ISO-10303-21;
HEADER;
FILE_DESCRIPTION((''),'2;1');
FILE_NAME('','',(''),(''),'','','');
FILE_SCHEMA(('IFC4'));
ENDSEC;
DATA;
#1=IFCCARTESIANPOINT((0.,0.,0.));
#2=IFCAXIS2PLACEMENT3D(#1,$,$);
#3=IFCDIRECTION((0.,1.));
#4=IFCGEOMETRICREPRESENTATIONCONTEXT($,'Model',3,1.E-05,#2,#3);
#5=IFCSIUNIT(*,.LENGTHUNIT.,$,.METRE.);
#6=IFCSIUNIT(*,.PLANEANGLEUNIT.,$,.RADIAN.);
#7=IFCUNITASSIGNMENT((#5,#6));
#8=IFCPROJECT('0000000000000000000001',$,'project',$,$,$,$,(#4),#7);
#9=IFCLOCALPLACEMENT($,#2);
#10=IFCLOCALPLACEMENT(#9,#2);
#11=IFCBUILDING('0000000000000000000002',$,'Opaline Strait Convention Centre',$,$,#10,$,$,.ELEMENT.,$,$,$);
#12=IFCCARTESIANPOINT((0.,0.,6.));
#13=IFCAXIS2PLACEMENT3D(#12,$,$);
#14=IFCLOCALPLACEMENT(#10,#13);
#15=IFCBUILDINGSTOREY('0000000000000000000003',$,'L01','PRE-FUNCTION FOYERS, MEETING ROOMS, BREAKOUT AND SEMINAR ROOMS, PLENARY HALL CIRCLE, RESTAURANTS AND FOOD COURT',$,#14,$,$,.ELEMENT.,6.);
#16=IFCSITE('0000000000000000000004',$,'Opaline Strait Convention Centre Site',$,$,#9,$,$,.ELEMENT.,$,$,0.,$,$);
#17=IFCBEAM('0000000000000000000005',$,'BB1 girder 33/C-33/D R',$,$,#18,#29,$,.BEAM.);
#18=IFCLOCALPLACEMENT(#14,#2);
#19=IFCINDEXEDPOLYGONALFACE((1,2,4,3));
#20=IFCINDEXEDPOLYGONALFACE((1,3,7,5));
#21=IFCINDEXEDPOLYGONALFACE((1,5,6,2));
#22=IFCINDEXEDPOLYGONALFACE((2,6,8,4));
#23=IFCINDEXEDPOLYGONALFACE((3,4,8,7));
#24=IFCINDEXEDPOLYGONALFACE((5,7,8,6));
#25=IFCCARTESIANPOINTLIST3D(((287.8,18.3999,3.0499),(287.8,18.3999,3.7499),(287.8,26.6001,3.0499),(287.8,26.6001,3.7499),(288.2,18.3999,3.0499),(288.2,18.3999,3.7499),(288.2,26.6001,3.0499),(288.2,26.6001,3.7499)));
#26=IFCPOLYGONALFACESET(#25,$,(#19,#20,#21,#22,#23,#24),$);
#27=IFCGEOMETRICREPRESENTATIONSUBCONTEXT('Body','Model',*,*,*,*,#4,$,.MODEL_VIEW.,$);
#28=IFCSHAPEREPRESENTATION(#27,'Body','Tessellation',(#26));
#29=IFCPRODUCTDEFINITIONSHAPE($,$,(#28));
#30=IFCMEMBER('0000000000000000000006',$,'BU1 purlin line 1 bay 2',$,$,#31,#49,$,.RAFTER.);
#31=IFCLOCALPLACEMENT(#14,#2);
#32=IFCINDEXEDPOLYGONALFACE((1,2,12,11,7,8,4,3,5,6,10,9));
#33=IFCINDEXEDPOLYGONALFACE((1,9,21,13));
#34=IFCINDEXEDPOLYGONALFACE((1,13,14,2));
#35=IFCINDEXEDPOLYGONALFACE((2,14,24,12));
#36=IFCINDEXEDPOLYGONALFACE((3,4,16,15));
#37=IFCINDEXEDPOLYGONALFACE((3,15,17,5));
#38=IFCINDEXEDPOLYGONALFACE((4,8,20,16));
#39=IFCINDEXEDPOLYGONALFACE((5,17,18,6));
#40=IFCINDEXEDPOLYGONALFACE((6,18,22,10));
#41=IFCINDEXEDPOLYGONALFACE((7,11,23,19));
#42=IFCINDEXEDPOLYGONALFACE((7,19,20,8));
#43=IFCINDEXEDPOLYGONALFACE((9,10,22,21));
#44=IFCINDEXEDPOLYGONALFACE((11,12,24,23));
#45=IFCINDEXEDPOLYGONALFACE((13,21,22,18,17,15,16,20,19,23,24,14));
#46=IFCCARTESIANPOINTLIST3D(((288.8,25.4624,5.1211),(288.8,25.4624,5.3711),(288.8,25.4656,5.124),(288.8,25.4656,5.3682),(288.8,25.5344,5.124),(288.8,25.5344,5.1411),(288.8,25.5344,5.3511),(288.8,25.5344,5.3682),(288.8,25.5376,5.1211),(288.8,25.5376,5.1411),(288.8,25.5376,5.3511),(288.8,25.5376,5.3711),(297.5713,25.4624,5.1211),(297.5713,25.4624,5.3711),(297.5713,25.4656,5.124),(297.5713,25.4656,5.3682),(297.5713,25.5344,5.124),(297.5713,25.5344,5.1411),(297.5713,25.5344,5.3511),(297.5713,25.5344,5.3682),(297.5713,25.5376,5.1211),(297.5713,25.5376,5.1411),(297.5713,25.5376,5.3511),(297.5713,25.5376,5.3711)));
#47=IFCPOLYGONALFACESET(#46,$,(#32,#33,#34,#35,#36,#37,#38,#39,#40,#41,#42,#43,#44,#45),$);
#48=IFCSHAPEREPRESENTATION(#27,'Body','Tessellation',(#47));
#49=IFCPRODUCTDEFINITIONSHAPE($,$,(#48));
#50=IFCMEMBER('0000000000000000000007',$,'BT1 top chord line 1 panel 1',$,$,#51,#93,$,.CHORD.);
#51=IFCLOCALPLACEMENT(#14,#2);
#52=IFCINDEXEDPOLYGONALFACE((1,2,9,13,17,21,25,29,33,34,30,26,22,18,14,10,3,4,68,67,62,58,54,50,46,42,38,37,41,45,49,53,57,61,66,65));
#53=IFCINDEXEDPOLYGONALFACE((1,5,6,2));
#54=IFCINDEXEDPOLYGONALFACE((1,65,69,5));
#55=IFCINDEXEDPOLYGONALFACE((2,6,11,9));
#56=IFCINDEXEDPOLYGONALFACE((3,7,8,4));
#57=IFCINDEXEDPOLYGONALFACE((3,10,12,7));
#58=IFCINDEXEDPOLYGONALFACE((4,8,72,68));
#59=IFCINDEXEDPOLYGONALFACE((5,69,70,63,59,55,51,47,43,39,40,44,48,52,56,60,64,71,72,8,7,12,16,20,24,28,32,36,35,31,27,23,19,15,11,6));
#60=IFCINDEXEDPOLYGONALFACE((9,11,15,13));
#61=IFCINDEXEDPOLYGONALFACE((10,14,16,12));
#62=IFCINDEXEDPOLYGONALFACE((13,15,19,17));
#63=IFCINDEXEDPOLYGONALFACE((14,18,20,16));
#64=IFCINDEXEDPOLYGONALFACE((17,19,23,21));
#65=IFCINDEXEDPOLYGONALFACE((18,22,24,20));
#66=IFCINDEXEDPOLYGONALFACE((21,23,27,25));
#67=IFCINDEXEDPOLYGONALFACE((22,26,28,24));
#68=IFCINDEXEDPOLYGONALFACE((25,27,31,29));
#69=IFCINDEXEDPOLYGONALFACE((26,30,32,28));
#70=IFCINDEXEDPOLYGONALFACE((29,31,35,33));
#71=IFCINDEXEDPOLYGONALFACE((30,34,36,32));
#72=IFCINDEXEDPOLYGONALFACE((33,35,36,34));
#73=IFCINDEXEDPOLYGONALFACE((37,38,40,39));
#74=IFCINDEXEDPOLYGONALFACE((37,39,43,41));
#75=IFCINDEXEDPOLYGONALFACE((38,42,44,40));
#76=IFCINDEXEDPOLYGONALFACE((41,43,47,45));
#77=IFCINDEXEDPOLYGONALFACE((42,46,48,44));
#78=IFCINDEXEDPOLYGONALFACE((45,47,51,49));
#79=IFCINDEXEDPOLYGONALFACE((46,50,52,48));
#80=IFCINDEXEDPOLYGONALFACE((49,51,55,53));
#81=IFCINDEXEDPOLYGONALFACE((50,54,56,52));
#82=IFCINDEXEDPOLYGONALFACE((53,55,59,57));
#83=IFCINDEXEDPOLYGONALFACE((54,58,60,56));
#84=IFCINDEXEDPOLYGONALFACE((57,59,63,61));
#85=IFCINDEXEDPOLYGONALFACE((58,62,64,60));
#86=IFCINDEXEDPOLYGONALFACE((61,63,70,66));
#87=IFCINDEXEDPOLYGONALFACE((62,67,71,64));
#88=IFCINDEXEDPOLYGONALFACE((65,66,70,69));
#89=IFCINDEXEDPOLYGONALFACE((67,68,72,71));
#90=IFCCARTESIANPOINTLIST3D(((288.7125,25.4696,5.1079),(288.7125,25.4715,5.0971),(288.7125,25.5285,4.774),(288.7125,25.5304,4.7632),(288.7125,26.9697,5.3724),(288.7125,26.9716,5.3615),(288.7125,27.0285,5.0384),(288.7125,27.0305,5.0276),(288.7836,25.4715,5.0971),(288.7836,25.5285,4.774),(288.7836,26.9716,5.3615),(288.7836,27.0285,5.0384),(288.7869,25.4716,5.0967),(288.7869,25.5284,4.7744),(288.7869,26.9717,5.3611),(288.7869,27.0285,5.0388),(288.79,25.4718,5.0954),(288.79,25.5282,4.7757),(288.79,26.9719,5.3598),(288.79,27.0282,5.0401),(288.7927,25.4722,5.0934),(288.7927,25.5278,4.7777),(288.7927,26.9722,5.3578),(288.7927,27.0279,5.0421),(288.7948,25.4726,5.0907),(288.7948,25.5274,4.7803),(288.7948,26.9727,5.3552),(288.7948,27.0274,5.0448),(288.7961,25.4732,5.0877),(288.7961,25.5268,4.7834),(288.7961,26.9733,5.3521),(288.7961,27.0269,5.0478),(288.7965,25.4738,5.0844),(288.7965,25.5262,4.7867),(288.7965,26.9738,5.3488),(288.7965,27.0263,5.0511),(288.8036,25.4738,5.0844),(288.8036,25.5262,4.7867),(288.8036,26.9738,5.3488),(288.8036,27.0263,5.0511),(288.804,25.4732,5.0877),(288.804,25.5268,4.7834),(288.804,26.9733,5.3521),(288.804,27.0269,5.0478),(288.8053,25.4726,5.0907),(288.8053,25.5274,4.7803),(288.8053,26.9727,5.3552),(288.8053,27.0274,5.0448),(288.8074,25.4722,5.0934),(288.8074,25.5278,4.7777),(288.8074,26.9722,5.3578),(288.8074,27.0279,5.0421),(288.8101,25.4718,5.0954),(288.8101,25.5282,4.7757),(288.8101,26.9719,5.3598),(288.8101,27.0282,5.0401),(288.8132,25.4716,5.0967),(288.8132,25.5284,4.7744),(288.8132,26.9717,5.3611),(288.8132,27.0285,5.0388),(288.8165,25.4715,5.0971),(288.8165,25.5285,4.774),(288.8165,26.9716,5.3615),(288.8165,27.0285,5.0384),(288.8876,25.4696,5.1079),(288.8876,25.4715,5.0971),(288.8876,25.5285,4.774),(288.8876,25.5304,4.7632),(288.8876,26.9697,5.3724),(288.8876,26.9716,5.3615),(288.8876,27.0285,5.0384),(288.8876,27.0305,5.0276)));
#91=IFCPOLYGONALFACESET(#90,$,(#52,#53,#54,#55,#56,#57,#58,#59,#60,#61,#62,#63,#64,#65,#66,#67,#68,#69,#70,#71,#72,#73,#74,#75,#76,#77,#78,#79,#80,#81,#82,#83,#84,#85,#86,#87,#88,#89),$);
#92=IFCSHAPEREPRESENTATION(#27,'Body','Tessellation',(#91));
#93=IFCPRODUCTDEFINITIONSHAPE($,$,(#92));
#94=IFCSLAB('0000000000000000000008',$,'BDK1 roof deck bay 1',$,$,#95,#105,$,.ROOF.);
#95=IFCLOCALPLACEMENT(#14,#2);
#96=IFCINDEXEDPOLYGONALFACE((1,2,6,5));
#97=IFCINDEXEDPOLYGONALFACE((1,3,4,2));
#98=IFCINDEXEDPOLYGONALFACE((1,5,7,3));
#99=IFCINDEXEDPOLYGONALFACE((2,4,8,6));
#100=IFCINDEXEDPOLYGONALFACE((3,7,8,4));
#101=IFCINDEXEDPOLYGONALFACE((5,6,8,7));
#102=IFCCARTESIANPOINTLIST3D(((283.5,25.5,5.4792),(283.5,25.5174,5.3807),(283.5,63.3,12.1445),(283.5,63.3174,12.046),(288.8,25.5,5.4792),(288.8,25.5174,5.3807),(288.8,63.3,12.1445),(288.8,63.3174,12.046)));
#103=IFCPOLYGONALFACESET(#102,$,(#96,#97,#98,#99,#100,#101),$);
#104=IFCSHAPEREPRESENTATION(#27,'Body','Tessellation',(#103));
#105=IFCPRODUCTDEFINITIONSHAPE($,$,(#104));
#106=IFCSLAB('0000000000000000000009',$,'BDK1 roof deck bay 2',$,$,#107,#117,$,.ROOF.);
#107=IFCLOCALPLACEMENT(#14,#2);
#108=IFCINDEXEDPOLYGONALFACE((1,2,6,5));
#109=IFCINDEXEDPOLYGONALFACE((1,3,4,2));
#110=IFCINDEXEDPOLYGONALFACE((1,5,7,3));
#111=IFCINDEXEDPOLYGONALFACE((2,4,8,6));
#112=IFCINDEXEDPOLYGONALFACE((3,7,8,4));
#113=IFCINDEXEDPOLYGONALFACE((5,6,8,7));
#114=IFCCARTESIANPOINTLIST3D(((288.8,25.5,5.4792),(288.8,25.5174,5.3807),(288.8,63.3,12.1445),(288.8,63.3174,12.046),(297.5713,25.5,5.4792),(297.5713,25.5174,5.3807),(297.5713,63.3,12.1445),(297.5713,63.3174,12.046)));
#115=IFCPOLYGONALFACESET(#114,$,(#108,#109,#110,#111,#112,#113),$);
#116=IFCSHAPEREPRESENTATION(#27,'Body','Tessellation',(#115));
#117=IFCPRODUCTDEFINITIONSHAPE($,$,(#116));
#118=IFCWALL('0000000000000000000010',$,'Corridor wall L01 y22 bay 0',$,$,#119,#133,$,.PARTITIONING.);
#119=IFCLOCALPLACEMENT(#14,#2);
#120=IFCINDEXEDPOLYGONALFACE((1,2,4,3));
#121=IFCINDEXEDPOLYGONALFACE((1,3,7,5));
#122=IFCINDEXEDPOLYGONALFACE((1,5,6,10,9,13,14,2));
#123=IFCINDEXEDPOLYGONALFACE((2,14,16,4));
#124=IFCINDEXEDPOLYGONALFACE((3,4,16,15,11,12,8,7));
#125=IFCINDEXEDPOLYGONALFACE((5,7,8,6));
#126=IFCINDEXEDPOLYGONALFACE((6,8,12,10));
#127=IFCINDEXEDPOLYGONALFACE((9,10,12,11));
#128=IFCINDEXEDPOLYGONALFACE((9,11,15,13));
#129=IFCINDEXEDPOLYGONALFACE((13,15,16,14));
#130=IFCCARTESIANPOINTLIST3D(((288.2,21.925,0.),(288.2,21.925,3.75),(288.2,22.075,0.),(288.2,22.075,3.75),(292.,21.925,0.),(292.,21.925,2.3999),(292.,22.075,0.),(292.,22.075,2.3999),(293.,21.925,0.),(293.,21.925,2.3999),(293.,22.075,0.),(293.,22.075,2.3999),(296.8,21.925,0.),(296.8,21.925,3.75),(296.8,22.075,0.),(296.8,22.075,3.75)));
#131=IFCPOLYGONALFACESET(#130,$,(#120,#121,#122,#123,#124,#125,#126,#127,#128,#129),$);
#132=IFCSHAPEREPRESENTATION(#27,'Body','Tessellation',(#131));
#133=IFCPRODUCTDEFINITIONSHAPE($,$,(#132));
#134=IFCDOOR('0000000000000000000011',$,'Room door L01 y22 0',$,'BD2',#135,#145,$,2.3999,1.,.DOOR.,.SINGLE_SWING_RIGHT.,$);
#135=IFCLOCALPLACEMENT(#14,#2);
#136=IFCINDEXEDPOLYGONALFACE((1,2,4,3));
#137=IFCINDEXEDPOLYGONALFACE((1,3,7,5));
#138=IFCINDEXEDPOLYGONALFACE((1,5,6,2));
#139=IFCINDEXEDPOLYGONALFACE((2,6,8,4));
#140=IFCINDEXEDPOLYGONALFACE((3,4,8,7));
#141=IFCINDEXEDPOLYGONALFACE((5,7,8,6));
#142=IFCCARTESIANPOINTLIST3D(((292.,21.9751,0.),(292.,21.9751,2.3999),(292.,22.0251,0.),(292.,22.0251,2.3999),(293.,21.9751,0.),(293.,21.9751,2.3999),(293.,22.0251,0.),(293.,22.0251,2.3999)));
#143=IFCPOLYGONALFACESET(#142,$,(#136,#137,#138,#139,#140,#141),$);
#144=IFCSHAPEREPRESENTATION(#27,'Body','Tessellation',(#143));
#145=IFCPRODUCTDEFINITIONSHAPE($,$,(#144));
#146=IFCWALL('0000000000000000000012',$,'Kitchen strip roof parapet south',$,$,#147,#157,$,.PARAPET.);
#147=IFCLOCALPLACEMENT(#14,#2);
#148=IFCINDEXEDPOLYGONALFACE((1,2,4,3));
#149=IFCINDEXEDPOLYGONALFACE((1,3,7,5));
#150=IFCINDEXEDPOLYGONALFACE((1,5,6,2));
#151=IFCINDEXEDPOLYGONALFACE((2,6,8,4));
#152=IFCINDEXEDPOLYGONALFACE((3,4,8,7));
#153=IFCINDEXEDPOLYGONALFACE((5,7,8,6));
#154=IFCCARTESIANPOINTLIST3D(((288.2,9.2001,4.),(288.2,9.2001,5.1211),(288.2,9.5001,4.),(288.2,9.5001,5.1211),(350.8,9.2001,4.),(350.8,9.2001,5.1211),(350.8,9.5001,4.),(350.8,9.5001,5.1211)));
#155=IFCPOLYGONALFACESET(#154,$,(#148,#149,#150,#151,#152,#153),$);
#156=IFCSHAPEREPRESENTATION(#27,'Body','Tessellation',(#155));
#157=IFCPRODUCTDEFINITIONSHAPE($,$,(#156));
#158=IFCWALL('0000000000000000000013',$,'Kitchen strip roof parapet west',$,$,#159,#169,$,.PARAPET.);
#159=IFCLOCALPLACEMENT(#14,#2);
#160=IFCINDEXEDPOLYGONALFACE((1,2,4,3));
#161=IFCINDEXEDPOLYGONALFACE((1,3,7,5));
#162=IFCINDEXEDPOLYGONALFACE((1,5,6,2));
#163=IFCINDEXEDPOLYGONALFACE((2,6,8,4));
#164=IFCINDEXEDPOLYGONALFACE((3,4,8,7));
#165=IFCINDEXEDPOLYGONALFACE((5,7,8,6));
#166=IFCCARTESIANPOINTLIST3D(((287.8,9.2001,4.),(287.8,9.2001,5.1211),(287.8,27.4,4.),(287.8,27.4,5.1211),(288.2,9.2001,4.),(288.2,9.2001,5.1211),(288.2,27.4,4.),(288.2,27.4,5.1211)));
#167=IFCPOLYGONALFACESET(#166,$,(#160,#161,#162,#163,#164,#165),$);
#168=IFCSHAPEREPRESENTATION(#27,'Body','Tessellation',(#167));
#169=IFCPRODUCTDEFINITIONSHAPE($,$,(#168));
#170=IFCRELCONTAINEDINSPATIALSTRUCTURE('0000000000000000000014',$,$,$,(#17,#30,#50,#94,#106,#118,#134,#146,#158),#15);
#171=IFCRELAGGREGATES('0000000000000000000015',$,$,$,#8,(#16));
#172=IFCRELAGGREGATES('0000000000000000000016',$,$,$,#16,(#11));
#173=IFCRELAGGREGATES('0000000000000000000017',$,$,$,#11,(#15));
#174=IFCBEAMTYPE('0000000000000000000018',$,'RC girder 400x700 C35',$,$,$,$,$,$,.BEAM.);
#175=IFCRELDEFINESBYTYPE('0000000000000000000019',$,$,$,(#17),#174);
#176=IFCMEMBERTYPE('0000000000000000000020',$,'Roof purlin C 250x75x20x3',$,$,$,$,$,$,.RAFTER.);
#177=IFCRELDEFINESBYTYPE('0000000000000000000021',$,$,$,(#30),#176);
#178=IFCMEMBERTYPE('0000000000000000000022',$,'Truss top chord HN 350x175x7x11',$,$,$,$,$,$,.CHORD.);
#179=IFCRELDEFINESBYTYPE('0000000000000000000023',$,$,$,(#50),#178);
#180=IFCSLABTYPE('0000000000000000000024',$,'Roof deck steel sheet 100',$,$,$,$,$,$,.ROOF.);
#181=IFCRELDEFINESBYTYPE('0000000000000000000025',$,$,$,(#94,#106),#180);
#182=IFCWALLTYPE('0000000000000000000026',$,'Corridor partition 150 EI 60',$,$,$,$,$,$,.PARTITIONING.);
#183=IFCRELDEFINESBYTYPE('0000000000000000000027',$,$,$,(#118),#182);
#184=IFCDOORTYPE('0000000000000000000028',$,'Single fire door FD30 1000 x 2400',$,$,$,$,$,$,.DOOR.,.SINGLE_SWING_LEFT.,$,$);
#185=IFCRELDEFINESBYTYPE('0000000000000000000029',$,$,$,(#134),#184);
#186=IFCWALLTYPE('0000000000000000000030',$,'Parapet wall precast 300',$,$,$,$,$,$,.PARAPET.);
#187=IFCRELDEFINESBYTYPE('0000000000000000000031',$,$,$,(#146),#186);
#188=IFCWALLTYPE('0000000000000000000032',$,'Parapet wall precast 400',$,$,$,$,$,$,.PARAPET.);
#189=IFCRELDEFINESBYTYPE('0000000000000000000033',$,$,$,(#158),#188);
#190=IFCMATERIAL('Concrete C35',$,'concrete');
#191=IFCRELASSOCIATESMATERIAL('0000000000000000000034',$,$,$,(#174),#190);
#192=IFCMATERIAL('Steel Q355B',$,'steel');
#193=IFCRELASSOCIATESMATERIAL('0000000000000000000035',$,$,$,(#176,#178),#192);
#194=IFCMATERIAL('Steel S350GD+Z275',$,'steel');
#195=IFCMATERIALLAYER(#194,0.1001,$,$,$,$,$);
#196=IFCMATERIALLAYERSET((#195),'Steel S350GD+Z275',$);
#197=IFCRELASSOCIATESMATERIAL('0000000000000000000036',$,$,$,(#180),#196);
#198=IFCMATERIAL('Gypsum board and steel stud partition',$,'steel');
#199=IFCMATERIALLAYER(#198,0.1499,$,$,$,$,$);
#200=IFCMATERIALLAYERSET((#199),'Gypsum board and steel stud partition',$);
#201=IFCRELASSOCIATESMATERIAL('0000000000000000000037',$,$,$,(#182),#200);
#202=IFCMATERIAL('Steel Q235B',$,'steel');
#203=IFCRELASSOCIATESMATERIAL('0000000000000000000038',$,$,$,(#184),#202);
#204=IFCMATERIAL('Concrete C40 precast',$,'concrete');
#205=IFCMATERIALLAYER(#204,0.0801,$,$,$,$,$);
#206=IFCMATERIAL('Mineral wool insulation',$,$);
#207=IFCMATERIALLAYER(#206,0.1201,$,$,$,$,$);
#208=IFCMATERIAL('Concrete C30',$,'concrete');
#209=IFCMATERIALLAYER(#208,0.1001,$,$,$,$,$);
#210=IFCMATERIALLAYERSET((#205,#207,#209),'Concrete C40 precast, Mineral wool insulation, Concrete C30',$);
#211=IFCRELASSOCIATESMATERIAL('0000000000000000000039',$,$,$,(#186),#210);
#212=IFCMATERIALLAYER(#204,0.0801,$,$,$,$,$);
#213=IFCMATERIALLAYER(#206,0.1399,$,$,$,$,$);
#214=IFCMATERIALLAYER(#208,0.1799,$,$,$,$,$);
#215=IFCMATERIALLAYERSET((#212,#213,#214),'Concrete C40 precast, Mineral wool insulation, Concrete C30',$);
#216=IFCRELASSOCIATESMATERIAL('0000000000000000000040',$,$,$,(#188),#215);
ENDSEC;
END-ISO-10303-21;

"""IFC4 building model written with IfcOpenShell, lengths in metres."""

from ifc_helpers import new_model, si_unit, direction, frame, frame_2d, origin, origin_2d, place, context, subcontext, project, spatial, polyline, rectangle, i_section, outline, extrude, material, layer, layer_set, material_profile, profile_set, type_object, element, fill, save


model = new_model("IFC4")

# Units and contexts
model_context = context("Model", 3, precision=1e-05, world=origin(), true_north=direction((0.0, 1.0)))
body_context = subcontext(model_context, "Body", "Model", "MODEL_VIEW")
ifc_project = project(units=[si_unit("LENGTHUNIT", "METRE"), si_unit("PLANEANGLEUNIT", "RADIAN")], contexts=[model_context])

# Site, building, storey
site_placement = place(None, origin())
site = spatial("IfcSite", under=ifc_project, at=site_placement, Name="Opaline Strait Convention Centre Site", CompositionType="ELEMENT", RefElevation=0.0)
building_placement = place(site_placement, origin())
building = spatial("IfcBuilding", under=site, at=building_placement, Name="Opaline Strait Convention Centre", CompositionType="ELEMENT")
storey_placement = place(building_placement, frame((0.0, 0.0, 6.0)))
storey = spatial("IfcBuildingStorey", under=building, at=storey_placement, Name="L01", Description="PRE-FUNCTION FOYERS, MEETING ROOMS, BREAKOUT AND SEMINAR ROOMS, PLENARY HALL CIRCLE, RESTAURANTS AND FOOD COURT", CompositionType="ELEMENT", Elevation=6.0)

# Shared definitions
ifc_material_1 = material(Name="Steel Q355B", Category="steel")

# Beam
ifc_material_2 = material(Name="Concrete C35", Category="concrete")
ifc_material_profile_1 = material_profile(ifc_material_2, rectangle(XDim=0.3999, YDim=0.7, at=origin_2d()), Name="RC 400x700")
ifc_profile_set_1 = profile_set([ifc_material_profile_1], Name="Concrete C35")
beam_type = type_object("IfcBeamType", Name="RC girder 400x700 C35", PredefinedType="BEAM", material=ifc_profile_set_1)
for number, where, z_axis, x_axis, name in (
    (1, (288.0, 18.3999, 3.3999), (0.0, 1.0, 0.0), (-1.0, 0.0, 0.0), "BB1 girder 33/C-33/D R"),
):
    element("IfcBeam", number, at=place(storey_placement, frame(where, z_axis=z_axis, x_axis=x_axis)), inside=storey, type_object=beam_type, Name=name, PredefinedType="BEAM", context=body_context, shape_type="SweptSolid", body=[
        extrude(rectangle(XDim=0.3999, YDim=0.7, at=origin_2d()), origin(), (0.0, 0.0, 1.0), 8.2002),
    ])

# Members
ifc_material_profile_2 = material_profile(ifc_material_1, outline(polyline([(-0.0376, -0.125), (0.0376, -0.125), (0.0376, -0.105), (0.0344, -0.105), (0.0344, -0.1221), (-0.0344, -0.1221), (-0.0344, 0.1221), (0.0344, 0.1221), (0.0344, 0.105), (0.0376, 0.105), (0.0376, 0.125), (-0.0376, 0.125), (-0.0376, -0.125)])), Name="C 250x75x20x3")
ifc_profile_set_2 = profile_set([ifc_material_profile_2], Name="Steel Q355B")
member_type_1 = type_object("IfcMemberType", Name="Roof purlin C 250x75x20x3", PredefinedType="RAFTER", material=ifc_profile_set_2)
member_1_placement = place(storey_placement, frame((288.8, 25.5, 5.2461), z_axis=(1.0, 0.0, 0.0), x_axis=(0.0, 1.0, 0.0)))
element("IfcMember", 2, at=member_1_placement, inside=storey, type_object=member_type_1, Name="BU1 purlin line 1 bay 2", PredefinedType="RAFTER", context=body_context, shape_type="SweptSolid", body=[
    extrude(outline(polyline([(-0.0376, -0.125), (0.0376, -0.125), (0.0376, -0.105), (0.0344, -0.105), (0.0344, -0.1221), (-0.0344, -0.1221), (-0.0344, 0.1221), (0.0344, 0.1221), (0.0344, 0.105), (0.0376, 0.105), (0.0376, 0.125), (-0.0376, 0.125), (-0.0376, -0.125)])), origin(), (0.0, 0.0, 1.0), 8.7712),
])
ifc_material_profile_3 = material_profile(ifc_material_1, i_section(OverallWidth=0.175, OverallDepth=0.3501, WebThickness=0.0071, FlangeThickness=0.011, FilletRadius=0.0129, at=origin_2d()), Name="HN 350x175x7x11")
ifc_profile_set_3 = profile_set([ifc_material_profile_3], Name="Steel Q355B")
member_type_2 = type_object("IfcMemberType", Name="Truss top chord HN 350x175x7x11", PredefinedType="CHORD", material=ifc_profile_set_3)
member_2_placement = place(storey_placement, frame((288.8, 25.5, 4.9355), z_axis=(0.0, 0.984817, 0.173593), x_axis=(-1.0, 0.0, 0.0)))
element("IfcMember", 3, at=member_2_placement, inside=storey, type_object=member_type_2, Name="BT1 top chord line 1 panel 1", PredefinedType="CHORD", context=body_context, shape_type="SweptSolid", body=[
    extrude(i_section(OverallWidth=0.175, OverallDepth=0.3501, WebThickness=0.0071, FlangeThickness=0.011, FilletRadius=0.0129, at=origin_2d()), origin(), (0.0, 0.0, 1.0), 1.5232),
])

# Slabs
ifc_material_3 = material(Name="Steel S350GD+Z275", Category="steel")
ifc_layer_1 = layer(ifc_material_3, 0.1001)
ifc_layer_set_1 = layer_set([ifc_layer_1], Name="Steel S350GD+Z275")
slab_type = type_object("IfcSlabType", Name="Roof deck steel sheet 100", PredefinedType="ROOF", material=ifc_layer_set_1)
slab_1_placement = place(storey_placement, frame((283.5, 25.5, 5.4792), z_axis=(0.0, -0.173651, 0.984807), x_axis=(1.0, 0.0, 0.0)))
element("IfcSlab", 4, at=slab_1_placement, inside=storey, type_object=slab_type, Name="BDK1 roof deck bay 1", PredefinedType="ROOF", context=body_context, shape_type="SweptSolid", body=[
    extrude(outline(polyline([(0.0, 0.0), (5.3, 0.0), (5.3, 38.3832), (0.0, 38.3832), (0.0, 0.0)])), origin(), (0.0, 0.0, -1.0), 0.1001),
])
slab_2_placement = place(storey_placement, frame((288.8, 25.5, 5.4792), z_axis=(0.0, -0.173651, 0.984807), x_axis=(1.0, 0.0, 0.0)))
element("IfcSlab", 5, at=slab_2_placement, inside=storey, type_object=slab_type, Name="BDK1 roof deck bay 2", PredefinedType="ROOF", context=body_context, shape_type="SweptSolid", body=[
    extrude(outline(polyline([(0.0, 0.0), (8.7712, 0.0), (8.7712, 38.3832), (0.0, 38.3832), (0.0, 0.0)])), origin(), (0.0, 0.0, -1.0), 0.1001),
])

# Wall, opening, door
ifc_material_4 = material(Name="Steel Q235B", Category="steel")
ifc_material_5 = material(Name="Gypsum board and steel stud partition", Category="steel")
ifc_layer_2 = layer(ifc_material_5, 0.1499)
ifc_layer_set_2 = layer_set([ifc_layer_2], Name="Gypsum board and steel stud partition")
wall_type_1 = type_object("IfcWallType", Name="Corridor partition 150 EI 60", PredefinedType="PARTITIONING", material=ifc_layer_set_2)
wall_1_placement = place(storey_placement, frame((288.2, 22.0, 0.0), z_axis=(0.0, 0.0, 1.0), x_axis=(1.0, 0.0, 0.0)))
wall_1 = element("IfcWall", 6, at=wall_1_placement, inside=storey, type_object=wall_type_1, Name="Corridor wall L01 y22 bay 0", PredefinedType="PARTITIONING", context=body_context, shape_type="SweptSolid", body=[
    extrude(rectangle(XDim=8.6001, YDim=0.1499, at=frame_2d((4.3, 0.0))), origin(), (0.0, 0.0, 1.0), 3.75),
])
opening_1_placement = place(wall_1_placement, frame((3.8, 0.0, 0.0)))
opening_1 = element("IfcOpeningElement", 7, at=opening_1_placement, cuts=wall_1, PredefinedType="OPENING", context=body_context, shape_type="SweptSolid", body=[
    extrude(rectangle(XDim=1.0, YDim=2.3999, at=frame_2d((0.5, 1.2))), frame((0.0, 0.085, 0.0), z_axis=(0.0, -1.0, 0.0), x_axis=(1.0, 0.0, 0.0)), (0.0, 0.0, 1.0), 0.1699),
])
door_type_1 = type_object("IfcDoorType", Name="Single fire door FD30 1000 x 2400", OperationType="SINGLE_SWING_LEFT", PredefinedType="DOOR", material=ifc_material_4)
door_1_placement = place(opening_1_placement, frame((1.0, 0.0, 0.0), z_axis=(0.0, 0.0, 1.0), x_axis=(-1.0, 0.0, 0.0)))
door_1 = element("IfcDoor", 8, at=door_1_placement, inside=storey, type_object=door_type_1, Name="Room door L01 y22 0", ObjectType="BD2", OperationType="SINGLE_SWING_RIGHT", OverallHeight=2.3999, OverallWidth=1.0, PredefinedType="DOOR", context=body_context, shape_type="SweptSolid", body=[
    extrude(rectangle(XDim=1.0, YDim=2.3999, at=frame_2d((0.5, 1.2))), frame((0.0, 0.0249, 0.0), z_axis=(0.0, -1.0, 0.0), x_axis=(1.0, 0.0, 0.0)), (0.0, 0.0, 1.0), 0.05),
])
fill(opening_1, door_1)

# Walls
ifc_material_6 = material(Name="Concrete C40 precast", Category="concrete")
ifc_layer_3 = layer(ifc_material_6, 0.0801)
ifc_material_7 = material(Name="Mineral wool insulation")
ifc_layer_4 = layer(ifc_material_7, 0.1201)
ifc_material_8 = material(Name="Concrete C30", Category="concrete")
ifc_layer_5 = layer(ifc_material_8, 0.1001)
ifc_layer_set_3 = layer_set([ifc_layer_3, ifc_layer_4, ifc_layer_5], Name="Concrete C40 precast, Mineral wool insulation, Concrete C30")
wall_type_2 = type_object("IfcWallType", Name="Parapet wall precast 300", PredefinedType="PARAPET", material=ifc_layer_set_3)
wall_2_placement = place(storey_placement, frame((288.2, 9.3501, 4.0), z_axis=(0.0, 0.0, 1.0), x_axis=(1.0, 0.0, 0.0)))
element("IfcWall", 9, at=wall_2_placement, inside=storey, type_object=wall_type_2, Name="Kitchen strip roof parapet south", PredefinedType="PARAPET", context=body_context, shape_type="SweptSolid", body=[
    extrude(rectangle(XDim=62.6001, YDim=0.3, at=frame_2d((31.3, 0.0))), origin(), (0.0, 0.0, 1.0), 1.1211),
])
ifc_layer_6 = layer(ifc_material_6, 0.0801)
ifc_layer_7 = layer(ifc_material_7, 0.1399)
ifc_layer_8 = layer(ifc_material_8, 0.1799)
ifc_layer_set_4 = layer_set([ifc_layer_6, ifc_layer_7, ifc_layer_8], Name="Concrete C40 precast, Mineral wool insulation, Concrete C30")
wall_type_3 = type_object("IfcWallType", Name="Parapet wall precast 400", PredefinedType="PARAPET", material=ifc_layer_set_4)
wall_3_placement = place(storey_placement, frame((288.0, 9.2, 4.0), z_axis=(0.0, 0.0, 1.0), x_axis=(0.0, 1.0, 0.0)))
element("IfcWall", 10, at=wall_3_placement, inside=storey, type_object=wall_type_3, Name="Kitchen strip roof parapet west", PredefinedType="PARAPET", context=body_context, shape_type="SweptSolid", body=[
    extrude(rectangle(XDim=18.2, YDim=0.3999, at=frame_2d((9.1001, 0.0))), origin(), (0.0, 0.0, 1.0), 1.1211),
])

save(model, "model.ifc")
